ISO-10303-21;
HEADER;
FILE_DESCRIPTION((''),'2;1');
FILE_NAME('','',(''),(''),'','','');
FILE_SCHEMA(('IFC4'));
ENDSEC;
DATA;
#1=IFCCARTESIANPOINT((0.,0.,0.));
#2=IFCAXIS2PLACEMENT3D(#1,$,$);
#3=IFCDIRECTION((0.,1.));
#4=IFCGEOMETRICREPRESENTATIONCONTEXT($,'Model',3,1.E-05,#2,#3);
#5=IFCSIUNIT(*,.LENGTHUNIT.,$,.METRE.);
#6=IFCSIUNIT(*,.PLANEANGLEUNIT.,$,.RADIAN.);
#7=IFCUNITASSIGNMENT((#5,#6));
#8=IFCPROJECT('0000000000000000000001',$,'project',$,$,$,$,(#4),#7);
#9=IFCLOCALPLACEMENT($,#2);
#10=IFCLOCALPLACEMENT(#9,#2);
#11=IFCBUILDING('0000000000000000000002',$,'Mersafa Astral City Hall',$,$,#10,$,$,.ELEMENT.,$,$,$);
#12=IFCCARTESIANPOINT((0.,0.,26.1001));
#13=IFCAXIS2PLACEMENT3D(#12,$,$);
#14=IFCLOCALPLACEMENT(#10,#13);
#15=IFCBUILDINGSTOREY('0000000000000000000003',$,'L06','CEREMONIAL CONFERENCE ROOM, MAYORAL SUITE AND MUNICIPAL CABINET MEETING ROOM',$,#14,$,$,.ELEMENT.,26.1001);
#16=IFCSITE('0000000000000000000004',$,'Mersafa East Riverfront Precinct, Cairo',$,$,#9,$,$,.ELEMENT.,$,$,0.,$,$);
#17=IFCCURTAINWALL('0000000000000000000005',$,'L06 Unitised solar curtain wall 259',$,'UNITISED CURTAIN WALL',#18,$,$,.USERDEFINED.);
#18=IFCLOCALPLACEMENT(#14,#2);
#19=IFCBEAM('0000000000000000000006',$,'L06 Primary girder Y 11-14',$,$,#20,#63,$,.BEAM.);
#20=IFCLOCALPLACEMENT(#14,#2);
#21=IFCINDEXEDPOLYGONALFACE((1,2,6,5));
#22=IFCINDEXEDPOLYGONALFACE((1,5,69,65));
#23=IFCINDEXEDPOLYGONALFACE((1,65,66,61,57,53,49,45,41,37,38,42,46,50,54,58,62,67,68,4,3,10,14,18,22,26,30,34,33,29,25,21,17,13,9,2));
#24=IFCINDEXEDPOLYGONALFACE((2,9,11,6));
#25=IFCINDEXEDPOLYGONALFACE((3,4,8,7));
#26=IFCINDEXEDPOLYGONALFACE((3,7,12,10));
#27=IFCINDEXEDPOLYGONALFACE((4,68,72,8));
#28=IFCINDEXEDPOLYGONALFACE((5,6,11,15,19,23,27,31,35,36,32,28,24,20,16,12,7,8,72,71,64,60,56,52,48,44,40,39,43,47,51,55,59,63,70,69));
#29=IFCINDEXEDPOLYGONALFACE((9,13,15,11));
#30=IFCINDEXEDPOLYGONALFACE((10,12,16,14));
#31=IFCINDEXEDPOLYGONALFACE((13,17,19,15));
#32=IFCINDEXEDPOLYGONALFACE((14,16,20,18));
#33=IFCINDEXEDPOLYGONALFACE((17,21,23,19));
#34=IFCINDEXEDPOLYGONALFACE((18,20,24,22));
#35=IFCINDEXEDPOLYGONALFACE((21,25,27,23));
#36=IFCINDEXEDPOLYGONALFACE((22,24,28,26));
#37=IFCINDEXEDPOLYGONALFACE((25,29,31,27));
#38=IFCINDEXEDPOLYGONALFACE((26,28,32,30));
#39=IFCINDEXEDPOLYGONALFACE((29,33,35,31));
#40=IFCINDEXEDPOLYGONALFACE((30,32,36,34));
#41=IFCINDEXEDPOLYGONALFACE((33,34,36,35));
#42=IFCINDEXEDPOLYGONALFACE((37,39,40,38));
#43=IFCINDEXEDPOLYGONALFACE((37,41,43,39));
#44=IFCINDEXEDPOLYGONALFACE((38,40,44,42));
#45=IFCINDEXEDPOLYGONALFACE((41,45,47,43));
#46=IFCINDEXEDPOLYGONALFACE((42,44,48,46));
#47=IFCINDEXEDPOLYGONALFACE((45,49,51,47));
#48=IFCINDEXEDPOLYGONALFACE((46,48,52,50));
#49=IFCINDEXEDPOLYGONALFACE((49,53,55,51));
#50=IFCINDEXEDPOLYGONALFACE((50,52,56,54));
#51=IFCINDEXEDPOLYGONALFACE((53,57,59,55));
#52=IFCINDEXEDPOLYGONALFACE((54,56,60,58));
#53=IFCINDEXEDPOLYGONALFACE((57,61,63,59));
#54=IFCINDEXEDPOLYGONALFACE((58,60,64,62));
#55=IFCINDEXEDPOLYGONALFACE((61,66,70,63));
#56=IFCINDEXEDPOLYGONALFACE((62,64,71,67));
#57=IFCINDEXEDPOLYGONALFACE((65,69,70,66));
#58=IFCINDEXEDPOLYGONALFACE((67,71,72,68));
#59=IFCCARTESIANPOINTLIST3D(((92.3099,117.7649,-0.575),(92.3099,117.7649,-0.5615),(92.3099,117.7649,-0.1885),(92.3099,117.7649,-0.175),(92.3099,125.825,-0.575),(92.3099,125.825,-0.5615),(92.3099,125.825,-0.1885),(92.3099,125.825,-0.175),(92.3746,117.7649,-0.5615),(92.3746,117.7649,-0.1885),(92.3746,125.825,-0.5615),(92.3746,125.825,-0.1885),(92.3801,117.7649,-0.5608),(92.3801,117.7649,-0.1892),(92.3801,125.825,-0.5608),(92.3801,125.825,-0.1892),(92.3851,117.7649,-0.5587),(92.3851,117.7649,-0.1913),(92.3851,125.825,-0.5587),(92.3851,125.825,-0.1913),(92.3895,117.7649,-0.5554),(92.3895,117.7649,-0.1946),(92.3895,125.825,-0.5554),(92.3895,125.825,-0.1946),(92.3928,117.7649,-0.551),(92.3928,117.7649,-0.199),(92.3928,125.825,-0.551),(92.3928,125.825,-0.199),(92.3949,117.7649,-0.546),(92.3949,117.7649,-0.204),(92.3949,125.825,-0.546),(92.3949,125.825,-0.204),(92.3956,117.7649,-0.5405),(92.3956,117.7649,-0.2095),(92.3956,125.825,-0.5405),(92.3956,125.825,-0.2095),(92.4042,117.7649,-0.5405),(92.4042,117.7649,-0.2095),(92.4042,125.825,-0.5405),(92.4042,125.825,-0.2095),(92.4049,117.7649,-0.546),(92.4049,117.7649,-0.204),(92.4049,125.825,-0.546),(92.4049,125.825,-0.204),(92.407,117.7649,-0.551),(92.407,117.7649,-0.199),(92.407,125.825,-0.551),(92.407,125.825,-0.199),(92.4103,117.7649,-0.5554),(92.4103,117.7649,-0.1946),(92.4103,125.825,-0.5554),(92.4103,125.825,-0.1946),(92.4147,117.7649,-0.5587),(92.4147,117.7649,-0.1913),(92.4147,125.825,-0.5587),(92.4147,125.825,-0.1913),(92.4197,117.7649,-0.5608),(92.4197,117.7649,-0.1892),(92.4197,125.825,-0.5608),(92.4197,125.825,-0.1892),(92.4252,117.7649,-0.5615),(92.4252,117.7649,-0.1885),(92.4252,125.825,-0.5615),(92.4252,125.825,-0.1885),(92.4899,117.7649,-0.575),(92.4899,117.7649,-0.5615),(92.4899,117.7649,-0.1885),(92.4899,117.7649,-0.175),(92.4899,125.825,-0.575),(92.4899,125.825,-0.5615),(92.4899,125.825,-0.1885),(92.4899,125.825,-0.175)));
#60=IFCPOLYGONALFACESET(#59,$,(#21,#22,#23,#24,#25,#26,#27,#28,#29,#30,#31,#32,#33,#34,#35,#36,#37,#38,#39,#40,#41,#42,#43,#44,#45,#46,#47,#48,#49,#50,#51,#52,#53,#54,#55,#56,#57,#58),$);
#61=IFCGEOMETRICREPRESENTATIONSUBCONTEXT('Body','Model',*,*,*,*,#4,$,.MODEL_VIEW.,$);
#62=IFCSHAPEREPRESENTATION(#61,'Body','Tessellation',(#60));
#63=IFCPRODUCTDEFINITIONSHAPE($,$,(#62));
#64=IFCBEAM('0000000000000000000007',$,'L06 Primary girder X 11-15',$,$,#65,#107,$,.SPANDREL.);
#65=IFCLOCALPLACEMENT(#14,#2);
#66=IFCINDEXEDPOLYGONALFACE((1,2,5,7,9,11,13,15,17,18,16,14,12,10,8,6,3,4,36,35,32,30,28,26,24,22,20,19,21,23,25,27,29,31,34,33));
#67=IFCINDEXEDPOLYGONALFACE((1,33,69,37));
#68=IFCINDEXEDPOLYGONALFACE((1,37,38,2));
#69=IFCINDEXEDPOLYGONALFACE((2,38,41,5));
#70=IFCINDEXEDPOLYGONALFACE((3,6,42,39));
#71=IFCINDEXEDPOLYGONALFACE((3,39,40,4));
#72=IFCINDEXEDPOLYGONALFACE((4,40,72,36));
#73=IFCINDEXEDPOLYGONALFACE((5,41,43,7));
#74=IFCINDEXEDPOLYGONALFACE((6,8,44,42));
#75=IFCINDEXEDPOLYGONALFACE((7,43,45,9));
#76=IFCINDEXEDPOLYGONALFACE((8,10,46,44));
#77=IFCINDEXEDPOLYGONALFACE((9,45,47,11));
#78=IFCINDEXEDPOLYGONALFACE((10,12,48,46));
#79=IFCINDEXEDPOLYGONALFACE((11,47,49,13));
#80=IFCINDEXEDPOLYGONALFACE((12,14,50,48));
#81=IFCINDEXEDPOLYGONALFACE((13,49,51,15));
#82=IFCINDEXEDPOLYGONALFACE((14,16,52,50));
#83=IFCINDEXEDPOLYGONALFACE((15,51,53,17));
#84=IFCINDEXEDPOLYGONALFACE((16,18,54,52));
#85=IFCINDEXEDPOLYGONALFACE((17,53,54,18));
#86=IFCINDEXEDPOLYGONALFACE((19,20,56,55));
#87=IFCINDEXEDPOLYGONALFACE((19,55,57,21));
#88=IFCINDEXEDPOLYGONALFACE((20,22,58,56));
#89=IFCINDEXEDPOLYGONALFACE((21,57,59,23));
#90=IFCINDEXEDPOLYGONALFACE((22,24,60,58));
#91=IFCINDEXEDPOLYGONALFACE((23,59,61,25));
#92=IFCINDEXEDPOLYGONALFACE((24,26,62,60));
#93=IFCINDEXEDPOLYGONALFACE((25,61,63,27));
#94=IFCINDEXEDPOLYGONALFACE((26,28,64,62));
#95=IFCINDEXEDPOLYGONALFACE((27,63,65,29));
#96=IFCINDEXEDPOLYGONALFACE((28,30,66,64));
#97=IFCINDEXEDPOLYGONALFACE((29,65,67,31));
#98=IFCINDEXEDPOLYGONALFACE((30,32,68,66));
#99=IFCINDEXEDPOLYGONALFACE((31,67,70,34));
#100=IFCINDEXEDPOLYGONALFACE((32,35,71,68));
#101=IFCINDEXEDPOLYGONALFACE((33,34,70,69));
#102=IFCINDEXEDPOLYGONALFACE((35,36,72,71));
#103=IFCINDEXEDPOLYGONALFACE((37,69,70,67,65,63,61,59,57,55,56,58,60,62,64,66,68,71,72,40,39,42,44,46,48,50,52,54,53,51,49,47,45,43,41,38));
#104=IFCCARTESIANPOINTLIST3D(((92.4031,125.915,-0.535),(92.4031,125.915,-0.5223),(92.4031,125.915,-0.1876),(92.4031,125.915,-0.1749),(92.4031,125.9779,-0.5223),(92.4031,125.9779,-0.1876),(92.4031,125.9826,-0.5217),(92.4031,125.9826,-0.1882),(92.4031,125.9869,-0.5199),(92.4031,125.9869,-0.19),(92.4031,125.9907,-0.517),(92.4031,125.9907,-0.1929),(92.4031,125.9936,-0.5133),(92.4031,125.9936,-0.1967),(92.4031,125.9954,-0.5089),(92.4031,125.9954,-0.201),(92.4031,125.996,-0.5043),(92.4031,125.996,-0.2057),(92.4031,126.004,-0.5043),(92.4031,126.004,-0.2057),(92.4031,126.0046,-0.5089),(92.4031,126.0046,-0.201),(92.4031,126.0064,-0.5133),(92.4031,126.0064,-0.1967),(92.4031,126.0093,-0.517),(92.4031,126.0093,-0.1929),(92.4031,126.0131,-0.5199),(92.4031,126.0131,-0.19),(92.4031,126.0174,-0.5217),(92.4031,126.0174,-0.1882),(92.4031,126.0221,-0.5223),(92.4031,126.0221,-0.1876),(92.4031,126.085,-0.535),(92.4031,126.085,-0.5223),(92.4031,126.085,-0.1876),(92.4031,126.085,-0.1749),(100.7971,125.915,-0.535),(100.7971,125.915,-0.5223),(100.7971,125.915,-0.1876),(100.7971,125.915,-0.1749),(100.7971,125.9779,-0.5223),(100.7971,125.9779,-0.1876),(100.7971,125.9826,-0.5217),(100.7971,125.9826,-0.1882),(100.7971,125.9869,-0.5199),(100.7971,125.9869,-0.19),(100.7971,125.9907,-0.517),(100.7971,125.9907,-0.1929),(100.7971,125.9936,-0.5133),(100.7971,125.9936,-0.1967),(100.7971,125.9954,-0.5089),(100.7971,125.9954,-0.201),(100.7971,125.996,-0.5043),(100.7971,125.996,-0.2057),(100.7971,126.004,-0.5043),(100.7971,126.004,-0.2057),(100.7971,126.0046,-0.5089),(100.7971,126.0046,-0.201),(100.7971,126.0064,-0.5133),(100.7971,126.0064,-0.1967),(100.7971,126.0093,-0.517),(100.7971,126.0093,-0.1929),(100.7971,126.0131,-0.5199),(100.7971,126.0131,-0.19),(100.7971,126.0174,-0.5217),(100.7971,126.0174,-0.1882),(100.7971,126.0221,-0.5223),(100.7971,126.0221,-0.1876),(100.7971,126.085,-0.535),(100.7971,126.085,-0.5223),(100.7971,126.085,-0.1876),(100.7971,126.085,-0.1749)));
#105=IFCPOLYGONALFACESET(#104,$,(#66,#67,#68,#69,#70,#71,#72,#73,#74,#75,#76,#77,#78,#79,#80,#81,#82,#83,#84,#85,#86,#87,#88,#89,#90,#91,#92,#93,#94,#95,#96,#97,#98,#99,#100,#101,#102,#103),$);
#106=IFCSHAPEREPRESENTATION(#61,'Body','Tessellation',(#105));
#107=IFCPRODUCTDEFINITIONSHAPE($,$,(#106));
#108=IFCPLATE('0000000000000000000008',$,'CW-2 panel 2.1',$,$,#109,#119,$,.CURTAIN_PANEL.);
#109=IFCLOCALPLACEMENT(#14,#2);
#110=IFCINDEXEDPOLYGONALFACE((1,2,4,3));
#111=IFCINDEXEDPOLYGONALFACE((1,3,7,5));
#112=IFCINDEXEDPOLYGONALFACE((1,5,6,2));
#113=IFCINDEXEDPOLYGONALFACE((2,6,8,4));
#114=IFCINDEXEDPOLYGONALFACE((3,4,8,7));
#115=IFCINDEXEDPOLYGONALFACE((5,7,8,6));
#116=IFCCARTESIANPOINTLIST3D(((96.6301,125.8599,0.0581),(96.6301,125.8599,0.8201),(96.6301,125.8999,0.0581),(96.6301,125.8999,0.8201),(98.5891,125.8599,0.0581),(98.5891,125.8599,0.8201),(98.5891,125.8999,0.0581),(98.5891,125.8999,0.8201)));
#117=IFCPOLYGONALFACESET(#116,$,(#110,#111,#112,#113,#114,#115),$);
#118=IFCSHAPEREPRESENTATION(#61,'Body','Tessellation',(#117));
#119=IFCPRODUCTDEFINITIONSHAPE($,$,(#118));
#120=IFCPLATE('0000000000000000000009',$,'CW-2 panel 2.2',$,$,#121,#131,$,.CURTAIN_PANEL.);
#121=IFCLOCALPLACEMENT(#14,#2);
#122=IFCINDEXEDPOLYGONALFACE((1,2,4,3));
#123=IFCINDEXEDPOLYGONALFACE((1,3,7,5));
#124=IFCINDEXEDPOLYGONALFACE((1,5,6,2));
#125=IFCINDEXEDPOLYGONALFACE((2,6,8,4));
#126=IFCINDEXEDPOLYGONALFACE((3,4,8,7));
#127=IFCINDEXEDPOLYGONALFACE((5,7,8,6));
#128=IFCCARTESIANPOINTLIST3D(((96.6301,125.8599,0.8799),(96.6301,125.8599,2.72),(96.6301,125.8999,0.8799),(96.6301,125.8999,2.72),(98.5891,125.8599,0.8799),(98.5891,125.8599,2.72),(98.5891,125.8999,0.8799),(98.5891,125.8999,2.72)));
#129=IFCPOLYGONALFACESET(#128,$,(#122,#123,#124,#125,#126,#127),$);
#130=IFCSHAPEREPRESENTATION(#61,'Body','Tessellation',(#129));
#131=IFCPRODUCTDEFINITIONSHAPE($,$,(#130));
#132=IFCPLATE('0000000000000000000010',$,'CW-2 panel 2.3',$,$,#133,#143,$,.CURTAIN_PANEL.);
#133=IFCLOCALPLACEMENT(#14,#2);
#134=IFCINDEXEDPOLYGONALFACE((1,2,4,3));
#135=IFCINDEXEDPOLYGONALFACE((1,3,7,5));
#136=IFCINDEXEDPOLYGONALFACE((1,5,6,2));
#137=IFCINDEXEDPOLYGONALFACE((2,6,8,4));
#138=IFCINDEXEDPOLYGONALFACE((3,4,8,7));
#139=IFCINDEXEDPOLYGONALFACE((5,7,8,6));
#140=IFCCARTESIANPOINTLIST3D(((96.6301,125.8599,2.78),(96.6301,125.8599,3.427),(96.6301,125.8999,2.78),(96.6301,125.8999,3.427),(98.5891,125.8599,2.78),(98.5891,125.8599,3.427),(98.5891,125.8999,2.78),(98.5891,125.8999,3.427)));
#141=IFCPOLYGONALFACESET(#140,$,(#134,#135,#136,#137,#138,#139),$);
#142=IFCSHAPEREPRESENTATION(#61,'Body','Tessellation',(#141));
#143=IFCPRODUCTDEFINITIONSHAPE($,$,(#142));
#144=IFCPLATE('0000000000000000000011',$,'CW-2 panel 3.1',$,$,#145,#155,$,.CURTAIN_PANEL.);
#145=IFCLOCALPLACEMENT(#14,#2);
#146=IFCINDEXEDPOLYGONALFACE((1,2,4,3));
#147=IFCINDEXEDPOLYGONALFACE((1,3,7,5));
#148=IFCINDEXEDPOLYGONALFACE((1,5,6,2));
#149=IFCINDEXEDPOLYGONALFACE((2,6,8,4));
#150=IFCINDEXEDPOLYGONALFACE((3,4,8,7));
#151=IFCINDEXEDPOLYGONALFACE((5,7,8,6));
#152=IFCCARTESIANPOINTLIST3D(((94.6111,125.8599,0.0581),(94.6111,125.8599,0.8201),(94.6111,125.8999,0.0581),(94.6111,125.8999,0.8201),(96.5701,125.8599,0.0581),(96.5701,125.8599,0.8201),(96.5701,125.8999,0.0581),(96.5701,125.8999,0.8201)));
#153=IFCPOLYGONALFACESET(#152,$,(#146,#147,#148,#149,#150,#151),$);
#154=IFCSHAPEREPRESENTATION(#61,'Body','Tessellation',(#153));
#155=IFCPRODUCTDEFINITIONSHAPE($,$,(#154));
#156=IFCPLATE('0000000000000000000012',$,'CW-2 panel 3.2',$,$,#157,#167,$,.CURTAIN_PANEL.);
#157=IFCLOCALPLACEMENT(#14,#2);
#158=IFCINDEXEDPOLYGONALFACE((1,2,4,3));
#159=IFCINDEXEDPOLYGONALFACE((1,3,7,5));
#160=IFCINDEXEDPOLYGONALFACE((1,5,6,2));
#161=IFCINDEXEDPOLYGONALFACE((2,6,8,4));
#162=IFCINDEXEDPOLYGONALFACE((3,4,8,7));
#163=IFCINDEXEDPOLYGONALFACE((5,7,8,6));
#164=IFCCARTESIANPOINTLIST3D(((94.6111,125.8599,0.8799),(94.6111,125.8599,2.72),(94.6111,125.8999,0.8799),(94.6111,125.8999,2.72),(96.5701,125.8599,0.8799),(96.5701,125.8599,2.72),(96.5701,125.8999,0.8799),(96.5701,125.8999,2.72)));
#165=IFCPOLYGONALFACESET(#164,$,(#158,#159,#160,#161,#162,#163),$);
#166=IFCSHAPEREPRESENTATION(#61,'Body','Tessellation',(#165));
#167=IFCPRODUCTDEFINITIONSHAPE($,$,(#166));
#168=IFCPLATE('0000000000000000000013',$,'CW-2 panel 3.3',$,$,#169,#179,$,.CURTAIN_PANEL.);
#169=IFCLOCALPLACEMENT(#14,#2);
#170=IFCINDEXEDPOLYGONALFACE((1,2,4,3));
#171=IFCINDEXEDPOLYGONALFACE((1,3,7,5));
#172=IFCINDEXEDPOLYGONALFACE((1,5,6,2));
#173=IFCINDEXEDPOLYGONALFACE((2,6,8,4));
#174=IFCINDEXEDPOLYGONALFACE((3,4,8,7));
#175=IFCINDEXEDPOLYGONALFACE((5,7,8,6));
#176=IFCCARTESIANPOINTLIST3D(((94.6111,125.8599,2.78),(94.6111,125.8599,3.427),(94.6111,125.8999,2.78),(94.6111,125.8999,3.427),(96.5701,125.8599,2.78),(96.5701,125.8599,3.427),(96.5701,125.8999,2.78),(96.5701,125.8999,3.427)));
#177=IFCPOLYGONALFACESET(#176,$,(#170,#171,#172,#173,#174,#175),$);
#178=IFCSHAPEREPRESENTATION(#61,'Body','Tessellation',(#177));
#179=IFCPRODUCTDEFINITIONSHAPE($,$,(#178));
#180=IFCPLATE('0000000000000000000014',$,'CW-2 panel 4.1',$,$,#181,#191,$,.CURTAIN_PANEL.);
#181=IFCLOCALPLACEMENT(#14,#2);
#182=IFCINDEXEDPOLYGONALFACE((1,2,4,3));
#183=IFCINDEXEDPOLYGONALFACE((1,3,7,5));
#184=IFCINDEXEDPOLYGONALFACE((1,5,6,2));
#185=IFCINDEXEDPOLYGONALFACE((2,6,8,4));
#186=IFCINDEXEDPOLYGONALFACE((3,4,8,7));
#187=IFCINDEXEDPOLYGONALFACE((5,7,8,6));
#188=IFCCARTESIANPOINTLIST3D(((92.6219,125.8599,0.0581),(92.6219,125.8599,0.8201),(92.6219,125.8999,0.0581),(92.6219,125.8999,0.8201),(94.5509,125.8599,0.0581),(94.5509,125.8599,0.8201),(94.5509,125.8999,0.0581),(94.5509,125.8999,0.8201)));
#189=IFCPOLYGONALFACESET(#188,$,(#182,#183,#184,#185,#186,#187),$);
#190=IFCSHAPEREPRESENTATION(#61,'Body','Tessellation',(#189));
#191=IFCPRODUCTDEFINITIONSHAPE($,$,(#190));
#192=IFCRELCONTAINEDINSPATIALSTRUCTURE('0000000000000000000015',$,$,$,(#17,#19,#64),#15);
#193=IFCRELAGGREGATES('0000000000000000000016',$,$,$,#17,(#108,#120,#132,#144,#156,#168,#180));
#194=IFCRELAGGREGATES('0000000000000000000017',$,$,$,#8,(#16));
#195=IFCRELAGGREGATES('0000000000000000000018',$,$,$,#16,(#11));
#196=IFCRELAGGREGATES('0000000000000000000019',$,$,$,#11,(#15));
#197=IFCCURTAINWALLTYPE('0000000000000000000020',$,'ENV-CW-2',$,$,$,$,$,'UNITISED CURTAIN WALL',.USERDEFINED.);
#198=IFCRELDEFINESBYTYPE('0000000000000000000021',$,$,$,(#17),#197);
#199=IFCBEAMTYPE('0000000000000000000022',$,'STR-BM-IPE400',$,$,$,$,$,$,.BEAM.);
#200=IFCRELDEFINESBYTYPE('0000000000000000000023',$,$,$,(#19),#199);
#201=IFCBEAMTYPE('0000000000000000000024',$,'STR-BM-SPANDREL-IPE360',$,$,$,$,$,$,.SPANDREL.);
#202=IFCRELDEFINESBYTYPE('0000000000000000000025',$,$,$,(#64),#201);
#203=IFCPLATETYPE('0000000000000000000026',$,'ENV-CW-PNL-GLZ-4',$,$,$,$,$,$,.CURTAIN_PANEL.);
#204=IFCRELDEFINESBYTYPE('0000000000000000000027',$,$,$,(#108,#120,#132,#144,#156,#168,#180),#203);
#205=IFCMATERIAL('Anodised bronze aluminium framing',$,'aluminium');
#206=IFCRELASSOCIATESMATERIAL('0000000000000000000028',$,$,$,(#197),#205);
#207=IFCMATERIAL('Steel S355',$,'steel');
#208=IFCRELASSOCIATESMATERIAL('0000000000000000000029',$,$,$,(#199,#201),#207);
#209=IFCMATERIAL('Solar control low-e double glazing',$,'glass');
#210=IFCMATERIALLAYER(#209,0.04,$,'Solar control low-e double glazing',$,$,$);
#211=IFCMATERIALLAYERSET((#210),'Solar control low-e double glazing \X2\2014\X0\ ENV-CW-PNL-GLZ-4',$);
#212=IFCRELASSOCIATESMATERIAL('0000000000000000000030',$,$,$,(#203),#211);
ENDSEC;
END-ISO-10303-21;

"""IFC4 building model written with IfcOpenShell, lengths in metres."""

from ifc_helpers import new_model, si_unit, direction, frame, origin, origin_2d, place, context, subcontext, project, spatial, rectangle, i_section, extrude, material, layer, layer_set, material_profile, profile_set, type_object, element, aggregate, save


model = new_model("IFC4")

# Units and contexts
model_context = context("Model", 3, precision=1e-05, world=origin(), true_north=direction((0.0, 1.0)))
body_context = subcontext(model_context, "Body", "Model", "MODEL_VIEW")
ifc_project = project(units=[si_unit("LENGTHUNIT", "METRE"), si_unit("PLANEANGLEUNIT", "RADIAN")], contexts=[model_context])

# Site, building, storey
site_placement = place(None, origin())
site = spatial("IfcSite", under=ifc_project, at=site_placement, Name="Mersafa East Riverfront Precinct, Cairo", CompositionType="ELEMENT", RefElevation=0.0)
building_placement = place(site_placement, origin())
building = spatial("IfcBuilding", under=site, at=building_placement, Name="Mersafa Astral City Hall", CompositionType="ELEMENT")
storey_placement = place(building_placement, frame((0.0, 0.0, 26.1001)))
storey = spatial("IfcBuildingStorey", under=building, at=storey_placement, Name="L06", Description="CEREMONIAL CONFERENCE ROOM, MAYORAL SUITE AND MUNICIPAL CABINET MEETING ROOM", CompositionType="ELEMENT", Elevation=26.1001)

# Shared definitions
ifc_material_1 = material(Name="Steel S355", Category="steel")

# Curtain wall
ifc_material_2 = material(Name="Anodised bronze aluminium framing", Category="aluminium")
curtain_wall_type_1 = type_object("IfcCurtainWallType", Name="ENV-CW-2", ElementType="UNITISED CURTAIN WALL", PredefinedType="USERDEFINED", material=ifc_material_2)
curtain_wall_1_placement = place(storey_placement, origin())
curtain_wall_1 = element("IfcCurtainWall", 1, at=curtain_wall_1_placement, inside=storey, type_object=curtain_wall_type_1, Name="L06 Unitised solar curtain wall 259", ObjectType="UNITISED CURTAIN WALL", PredefinedType="USERDEFINED")

# Beams
ifc_material_profile_1 = material_profile(ifc_material_1, i_section(OverallWidth=0.1799, OverallDepth=0.3999, WebThickness=0.0085, FlangeThickness=0.0134, FilletRadius=0.021, at=origin_2d()), Name="IPE 400")
ifc_profile_set_1 = profile_set([ifc_material_profile_1], Name="Steel S355")
beam_type_1 = type_object("IfcBeamType", Name="STR-BM-IPE400", PredefinedType="BEAM", material=ifc_profile_set_1)
beam_1_placement = place(storey_placement, frame((92.3999, 117.7649, -0.375), z_axis=(0.0, 1.0, 0.0), x_axis=(-1.0, 0.0, 0.0)))
element("IfcBeam", 2, at=beam_1_placement, inside=storey, type_object=beam_type_1, Name="L06 Primary girder Y 11-14", PredefinedType="BEAM", context=body_context, shape_type="SweptSolid", body=[
    extrude(i_section(OverallWidth=0.1799, OverallDepth=0.3999, WebThickness=0.0085, FlangeThickness=0.0134, FilletRadius=0.021, at=origin_2d()), origin(), (0.0, 0.0, 1.0), 8.0601),
])
ifc_material_profile_2 = material_profile(ifc_material_1, i_section(OverallWidth=0.1699, OverallDepth=0.3601, WebThickness=0.0081, FlangeThickness=0.0127, FilletRadius=0.0181, at=origin_2d()), Name="IPE 360")
ifc_profile_set_2 = profile_set([ifc_material_profile_2], Name="Steel S355")
beam_type_2 = type_object("IfcBeamType", Name="STR-BM-SPANDREL-IPE360", PredefinedType="SPANDREL", material=ifc_profile_set_2)
beam_2_placement = place(storey_placement, frame((92.4031, 126.0, -0.355), z_axis=(1.0, 0.0, 0.0), x_axis=(0.0, 1.0, 0.0)))
element("IfcBeam", 3, at=beam_2_placement, inside=storey, type_object=beam_type_2, Name="L06 Primary girder X 11-15", PredefinedType="SPANDREL", context=body_context, shape_type="SweptSolid", body=[
    extrude(i_section(OverallWidth=0.1699, OverallDepth=0.3601, WebThickness=0.0081, FlangeThickness=0.0127, FilletRadius=0.0181, at=origin_2d()), origin(), (0.0, 0.0, 1.0), 8.394),
])

# Plates
ifc_material_3 = material(Name="Solar control low-e double glazing", Category="glass")
ifc_layer_1 = layer(ifc_material_3, 0.04, Name="Solar control low-e double glazing")
ifc_layer_set_1 = layer_set([ifc_layer_1], Name="Solar control low-e double glazing — ENV-CW-PNL-GLZ-4")
plate_type = type_object("IfcPlateType", Name="ENV-CW-PNL-GLZ-4", PredefinedType="CURTAIN_PANEL", material=ifc_layer_set_1)
plate_1_placement = place(storey_placement, frame((97.6096, 125.8799, 0.0581), z_axis=(0.0, 0.0, 1.0), x_axis=(-1.0, 0.0, 0.0)))
plate_1 = element("IfcPlate", 4, at=plate_1_placement, type_object=plate_type, Name="CW-2 panel 2.1", PredefinedType="CURTAIN_PANEL", context=body_context, shape_type="SweptSolid", body=[
    extrude(rectangle(XDim=1.959, YDim=0.04, at=origin_2d()), origin(), (0.0, 0.0, 1.0), 0.762),
])
plate_2_placement = place(storey_placement, frame((97.6096, 125.8799, 0.8799), z_axis=(0.0, 0.0, 1.0), x_axis=(-1.0, 0.0, 0.0)))
plate_2 = element("IfcPlate", 5, at=plate_2_placement, type_object=plate_type, Name="CW-2 panel 2.2", PredefinedType="CURTAIN_PANEL", context=body_context, shape_type="SweptSolid", body=[
    extrude(rectangle(XDim=1.959, YDim=0.04, at=origin_2d()), origin(), (0.0, 0.0, 1.0), 1.8401),
])
plate_3_placement = place(storey_placement, frame((97.6096, 125.8799, 2.78), z_axis=(0.0, 0.0, 1.0), x_axis=(-1.0, 0.0, 0.0)))
plate_3 = element("IfcPlate", 6, at=plate_3_placement, type_object=plate_type, Name="CW-2 panel 2.3", PredefinedType="CURTAIN_PANEL", context=body_context, shape_type="SweptSolid", body=[
    extrude(rectangle(XDim=1.959, YDim=0.04, at=origin_2d()), origin(), (0.0, 0.0, 1.0), 0.647),
])
plate_4_placement = place(storey_placement, frame((95.5906, 125.8799, 0.0581), z_axis=(0.0, 0.0, 1.0), x_axis=(-1.0, 0.0, 0.0)))
plate_4 = element("IfcPlate", 7, at=plate_4_placement, type_object=plate_type, Name="CW-2 panel 3.1", PredefinedType="CURTAIN_PANEL", context=body_context, shape_type="SweptSolid", body=[
    extrude(rectangle(XDim=1.959, YDim=0.04, at=origin_2d()), origin(), (0.0, 0.0, 1.0), 0.762),
])
plate_5_placement = place(storey_placement, frame((95.5906, 125.8799, 0.8799), z_axis=(0.0, 0.0, 1.0), x_axis=(-1.0, 0.0, 0.0)))
plate_5 = element("IfcPlate", 8, at=plate_5_placement, type_object=plate_type, Name="CW-2 panel 3.2", PredefinedType="CURTAIN_PANEL", context=body_context, shape_type="SweptSolid", body=[
    extrude(rectangle(XDim=1.959, YDim=0.04, at=origin_2d()), origin(), (0.0, 0.0, 1.0), 1.8401),
])
plate_6_placement = place(storey_placement, frame((95.5906, 125.8799, 2.78), z_axis=(0.0, 0.0, 1.0), x_axis=(-1.0, 0.0, 0.0)))
plate_6 = element("IfcPlate", 9, at=plate_6_placement, type_object=plate_type, Name="CW-2 panel 3.3", PredefinedType="CURTAIN_PANEL", context=body_context, shape_type="SweptSolid", body=[
    extrude(rectangle(XDim=1.959, YDim=0.04, at=origin_2d()), origin(), (0.0, 0.0, 1.0), 0.647),
])
plate_7_placement = place(storey_placement, frame((93.5864, 125.8799, 0.0581), z_axis=(0.0, 0.0, 1.0), x_axis=(-1.0, 0.0, 0.0)))
plate_7 = element("IfcPlate", 10, at=plate_7_placement, type_object=plate_type, Name="CW-2 panel 4.1", PredefinedType="CURTAIN_PANEL", context=body_context, shape_type="SweptSolid", body=[
    extrude(rectangle(XDim=1.929, YDim=0.04, at=origin_2d()), origin(), (0.0, 0.0, 1.0), 0.762),
])
aggregate(curtain_wall_1, [plate_1, plate_2, plate_3, plate_4, plate_5, plate_6, plate_7])

save(model, "model.ifc")
